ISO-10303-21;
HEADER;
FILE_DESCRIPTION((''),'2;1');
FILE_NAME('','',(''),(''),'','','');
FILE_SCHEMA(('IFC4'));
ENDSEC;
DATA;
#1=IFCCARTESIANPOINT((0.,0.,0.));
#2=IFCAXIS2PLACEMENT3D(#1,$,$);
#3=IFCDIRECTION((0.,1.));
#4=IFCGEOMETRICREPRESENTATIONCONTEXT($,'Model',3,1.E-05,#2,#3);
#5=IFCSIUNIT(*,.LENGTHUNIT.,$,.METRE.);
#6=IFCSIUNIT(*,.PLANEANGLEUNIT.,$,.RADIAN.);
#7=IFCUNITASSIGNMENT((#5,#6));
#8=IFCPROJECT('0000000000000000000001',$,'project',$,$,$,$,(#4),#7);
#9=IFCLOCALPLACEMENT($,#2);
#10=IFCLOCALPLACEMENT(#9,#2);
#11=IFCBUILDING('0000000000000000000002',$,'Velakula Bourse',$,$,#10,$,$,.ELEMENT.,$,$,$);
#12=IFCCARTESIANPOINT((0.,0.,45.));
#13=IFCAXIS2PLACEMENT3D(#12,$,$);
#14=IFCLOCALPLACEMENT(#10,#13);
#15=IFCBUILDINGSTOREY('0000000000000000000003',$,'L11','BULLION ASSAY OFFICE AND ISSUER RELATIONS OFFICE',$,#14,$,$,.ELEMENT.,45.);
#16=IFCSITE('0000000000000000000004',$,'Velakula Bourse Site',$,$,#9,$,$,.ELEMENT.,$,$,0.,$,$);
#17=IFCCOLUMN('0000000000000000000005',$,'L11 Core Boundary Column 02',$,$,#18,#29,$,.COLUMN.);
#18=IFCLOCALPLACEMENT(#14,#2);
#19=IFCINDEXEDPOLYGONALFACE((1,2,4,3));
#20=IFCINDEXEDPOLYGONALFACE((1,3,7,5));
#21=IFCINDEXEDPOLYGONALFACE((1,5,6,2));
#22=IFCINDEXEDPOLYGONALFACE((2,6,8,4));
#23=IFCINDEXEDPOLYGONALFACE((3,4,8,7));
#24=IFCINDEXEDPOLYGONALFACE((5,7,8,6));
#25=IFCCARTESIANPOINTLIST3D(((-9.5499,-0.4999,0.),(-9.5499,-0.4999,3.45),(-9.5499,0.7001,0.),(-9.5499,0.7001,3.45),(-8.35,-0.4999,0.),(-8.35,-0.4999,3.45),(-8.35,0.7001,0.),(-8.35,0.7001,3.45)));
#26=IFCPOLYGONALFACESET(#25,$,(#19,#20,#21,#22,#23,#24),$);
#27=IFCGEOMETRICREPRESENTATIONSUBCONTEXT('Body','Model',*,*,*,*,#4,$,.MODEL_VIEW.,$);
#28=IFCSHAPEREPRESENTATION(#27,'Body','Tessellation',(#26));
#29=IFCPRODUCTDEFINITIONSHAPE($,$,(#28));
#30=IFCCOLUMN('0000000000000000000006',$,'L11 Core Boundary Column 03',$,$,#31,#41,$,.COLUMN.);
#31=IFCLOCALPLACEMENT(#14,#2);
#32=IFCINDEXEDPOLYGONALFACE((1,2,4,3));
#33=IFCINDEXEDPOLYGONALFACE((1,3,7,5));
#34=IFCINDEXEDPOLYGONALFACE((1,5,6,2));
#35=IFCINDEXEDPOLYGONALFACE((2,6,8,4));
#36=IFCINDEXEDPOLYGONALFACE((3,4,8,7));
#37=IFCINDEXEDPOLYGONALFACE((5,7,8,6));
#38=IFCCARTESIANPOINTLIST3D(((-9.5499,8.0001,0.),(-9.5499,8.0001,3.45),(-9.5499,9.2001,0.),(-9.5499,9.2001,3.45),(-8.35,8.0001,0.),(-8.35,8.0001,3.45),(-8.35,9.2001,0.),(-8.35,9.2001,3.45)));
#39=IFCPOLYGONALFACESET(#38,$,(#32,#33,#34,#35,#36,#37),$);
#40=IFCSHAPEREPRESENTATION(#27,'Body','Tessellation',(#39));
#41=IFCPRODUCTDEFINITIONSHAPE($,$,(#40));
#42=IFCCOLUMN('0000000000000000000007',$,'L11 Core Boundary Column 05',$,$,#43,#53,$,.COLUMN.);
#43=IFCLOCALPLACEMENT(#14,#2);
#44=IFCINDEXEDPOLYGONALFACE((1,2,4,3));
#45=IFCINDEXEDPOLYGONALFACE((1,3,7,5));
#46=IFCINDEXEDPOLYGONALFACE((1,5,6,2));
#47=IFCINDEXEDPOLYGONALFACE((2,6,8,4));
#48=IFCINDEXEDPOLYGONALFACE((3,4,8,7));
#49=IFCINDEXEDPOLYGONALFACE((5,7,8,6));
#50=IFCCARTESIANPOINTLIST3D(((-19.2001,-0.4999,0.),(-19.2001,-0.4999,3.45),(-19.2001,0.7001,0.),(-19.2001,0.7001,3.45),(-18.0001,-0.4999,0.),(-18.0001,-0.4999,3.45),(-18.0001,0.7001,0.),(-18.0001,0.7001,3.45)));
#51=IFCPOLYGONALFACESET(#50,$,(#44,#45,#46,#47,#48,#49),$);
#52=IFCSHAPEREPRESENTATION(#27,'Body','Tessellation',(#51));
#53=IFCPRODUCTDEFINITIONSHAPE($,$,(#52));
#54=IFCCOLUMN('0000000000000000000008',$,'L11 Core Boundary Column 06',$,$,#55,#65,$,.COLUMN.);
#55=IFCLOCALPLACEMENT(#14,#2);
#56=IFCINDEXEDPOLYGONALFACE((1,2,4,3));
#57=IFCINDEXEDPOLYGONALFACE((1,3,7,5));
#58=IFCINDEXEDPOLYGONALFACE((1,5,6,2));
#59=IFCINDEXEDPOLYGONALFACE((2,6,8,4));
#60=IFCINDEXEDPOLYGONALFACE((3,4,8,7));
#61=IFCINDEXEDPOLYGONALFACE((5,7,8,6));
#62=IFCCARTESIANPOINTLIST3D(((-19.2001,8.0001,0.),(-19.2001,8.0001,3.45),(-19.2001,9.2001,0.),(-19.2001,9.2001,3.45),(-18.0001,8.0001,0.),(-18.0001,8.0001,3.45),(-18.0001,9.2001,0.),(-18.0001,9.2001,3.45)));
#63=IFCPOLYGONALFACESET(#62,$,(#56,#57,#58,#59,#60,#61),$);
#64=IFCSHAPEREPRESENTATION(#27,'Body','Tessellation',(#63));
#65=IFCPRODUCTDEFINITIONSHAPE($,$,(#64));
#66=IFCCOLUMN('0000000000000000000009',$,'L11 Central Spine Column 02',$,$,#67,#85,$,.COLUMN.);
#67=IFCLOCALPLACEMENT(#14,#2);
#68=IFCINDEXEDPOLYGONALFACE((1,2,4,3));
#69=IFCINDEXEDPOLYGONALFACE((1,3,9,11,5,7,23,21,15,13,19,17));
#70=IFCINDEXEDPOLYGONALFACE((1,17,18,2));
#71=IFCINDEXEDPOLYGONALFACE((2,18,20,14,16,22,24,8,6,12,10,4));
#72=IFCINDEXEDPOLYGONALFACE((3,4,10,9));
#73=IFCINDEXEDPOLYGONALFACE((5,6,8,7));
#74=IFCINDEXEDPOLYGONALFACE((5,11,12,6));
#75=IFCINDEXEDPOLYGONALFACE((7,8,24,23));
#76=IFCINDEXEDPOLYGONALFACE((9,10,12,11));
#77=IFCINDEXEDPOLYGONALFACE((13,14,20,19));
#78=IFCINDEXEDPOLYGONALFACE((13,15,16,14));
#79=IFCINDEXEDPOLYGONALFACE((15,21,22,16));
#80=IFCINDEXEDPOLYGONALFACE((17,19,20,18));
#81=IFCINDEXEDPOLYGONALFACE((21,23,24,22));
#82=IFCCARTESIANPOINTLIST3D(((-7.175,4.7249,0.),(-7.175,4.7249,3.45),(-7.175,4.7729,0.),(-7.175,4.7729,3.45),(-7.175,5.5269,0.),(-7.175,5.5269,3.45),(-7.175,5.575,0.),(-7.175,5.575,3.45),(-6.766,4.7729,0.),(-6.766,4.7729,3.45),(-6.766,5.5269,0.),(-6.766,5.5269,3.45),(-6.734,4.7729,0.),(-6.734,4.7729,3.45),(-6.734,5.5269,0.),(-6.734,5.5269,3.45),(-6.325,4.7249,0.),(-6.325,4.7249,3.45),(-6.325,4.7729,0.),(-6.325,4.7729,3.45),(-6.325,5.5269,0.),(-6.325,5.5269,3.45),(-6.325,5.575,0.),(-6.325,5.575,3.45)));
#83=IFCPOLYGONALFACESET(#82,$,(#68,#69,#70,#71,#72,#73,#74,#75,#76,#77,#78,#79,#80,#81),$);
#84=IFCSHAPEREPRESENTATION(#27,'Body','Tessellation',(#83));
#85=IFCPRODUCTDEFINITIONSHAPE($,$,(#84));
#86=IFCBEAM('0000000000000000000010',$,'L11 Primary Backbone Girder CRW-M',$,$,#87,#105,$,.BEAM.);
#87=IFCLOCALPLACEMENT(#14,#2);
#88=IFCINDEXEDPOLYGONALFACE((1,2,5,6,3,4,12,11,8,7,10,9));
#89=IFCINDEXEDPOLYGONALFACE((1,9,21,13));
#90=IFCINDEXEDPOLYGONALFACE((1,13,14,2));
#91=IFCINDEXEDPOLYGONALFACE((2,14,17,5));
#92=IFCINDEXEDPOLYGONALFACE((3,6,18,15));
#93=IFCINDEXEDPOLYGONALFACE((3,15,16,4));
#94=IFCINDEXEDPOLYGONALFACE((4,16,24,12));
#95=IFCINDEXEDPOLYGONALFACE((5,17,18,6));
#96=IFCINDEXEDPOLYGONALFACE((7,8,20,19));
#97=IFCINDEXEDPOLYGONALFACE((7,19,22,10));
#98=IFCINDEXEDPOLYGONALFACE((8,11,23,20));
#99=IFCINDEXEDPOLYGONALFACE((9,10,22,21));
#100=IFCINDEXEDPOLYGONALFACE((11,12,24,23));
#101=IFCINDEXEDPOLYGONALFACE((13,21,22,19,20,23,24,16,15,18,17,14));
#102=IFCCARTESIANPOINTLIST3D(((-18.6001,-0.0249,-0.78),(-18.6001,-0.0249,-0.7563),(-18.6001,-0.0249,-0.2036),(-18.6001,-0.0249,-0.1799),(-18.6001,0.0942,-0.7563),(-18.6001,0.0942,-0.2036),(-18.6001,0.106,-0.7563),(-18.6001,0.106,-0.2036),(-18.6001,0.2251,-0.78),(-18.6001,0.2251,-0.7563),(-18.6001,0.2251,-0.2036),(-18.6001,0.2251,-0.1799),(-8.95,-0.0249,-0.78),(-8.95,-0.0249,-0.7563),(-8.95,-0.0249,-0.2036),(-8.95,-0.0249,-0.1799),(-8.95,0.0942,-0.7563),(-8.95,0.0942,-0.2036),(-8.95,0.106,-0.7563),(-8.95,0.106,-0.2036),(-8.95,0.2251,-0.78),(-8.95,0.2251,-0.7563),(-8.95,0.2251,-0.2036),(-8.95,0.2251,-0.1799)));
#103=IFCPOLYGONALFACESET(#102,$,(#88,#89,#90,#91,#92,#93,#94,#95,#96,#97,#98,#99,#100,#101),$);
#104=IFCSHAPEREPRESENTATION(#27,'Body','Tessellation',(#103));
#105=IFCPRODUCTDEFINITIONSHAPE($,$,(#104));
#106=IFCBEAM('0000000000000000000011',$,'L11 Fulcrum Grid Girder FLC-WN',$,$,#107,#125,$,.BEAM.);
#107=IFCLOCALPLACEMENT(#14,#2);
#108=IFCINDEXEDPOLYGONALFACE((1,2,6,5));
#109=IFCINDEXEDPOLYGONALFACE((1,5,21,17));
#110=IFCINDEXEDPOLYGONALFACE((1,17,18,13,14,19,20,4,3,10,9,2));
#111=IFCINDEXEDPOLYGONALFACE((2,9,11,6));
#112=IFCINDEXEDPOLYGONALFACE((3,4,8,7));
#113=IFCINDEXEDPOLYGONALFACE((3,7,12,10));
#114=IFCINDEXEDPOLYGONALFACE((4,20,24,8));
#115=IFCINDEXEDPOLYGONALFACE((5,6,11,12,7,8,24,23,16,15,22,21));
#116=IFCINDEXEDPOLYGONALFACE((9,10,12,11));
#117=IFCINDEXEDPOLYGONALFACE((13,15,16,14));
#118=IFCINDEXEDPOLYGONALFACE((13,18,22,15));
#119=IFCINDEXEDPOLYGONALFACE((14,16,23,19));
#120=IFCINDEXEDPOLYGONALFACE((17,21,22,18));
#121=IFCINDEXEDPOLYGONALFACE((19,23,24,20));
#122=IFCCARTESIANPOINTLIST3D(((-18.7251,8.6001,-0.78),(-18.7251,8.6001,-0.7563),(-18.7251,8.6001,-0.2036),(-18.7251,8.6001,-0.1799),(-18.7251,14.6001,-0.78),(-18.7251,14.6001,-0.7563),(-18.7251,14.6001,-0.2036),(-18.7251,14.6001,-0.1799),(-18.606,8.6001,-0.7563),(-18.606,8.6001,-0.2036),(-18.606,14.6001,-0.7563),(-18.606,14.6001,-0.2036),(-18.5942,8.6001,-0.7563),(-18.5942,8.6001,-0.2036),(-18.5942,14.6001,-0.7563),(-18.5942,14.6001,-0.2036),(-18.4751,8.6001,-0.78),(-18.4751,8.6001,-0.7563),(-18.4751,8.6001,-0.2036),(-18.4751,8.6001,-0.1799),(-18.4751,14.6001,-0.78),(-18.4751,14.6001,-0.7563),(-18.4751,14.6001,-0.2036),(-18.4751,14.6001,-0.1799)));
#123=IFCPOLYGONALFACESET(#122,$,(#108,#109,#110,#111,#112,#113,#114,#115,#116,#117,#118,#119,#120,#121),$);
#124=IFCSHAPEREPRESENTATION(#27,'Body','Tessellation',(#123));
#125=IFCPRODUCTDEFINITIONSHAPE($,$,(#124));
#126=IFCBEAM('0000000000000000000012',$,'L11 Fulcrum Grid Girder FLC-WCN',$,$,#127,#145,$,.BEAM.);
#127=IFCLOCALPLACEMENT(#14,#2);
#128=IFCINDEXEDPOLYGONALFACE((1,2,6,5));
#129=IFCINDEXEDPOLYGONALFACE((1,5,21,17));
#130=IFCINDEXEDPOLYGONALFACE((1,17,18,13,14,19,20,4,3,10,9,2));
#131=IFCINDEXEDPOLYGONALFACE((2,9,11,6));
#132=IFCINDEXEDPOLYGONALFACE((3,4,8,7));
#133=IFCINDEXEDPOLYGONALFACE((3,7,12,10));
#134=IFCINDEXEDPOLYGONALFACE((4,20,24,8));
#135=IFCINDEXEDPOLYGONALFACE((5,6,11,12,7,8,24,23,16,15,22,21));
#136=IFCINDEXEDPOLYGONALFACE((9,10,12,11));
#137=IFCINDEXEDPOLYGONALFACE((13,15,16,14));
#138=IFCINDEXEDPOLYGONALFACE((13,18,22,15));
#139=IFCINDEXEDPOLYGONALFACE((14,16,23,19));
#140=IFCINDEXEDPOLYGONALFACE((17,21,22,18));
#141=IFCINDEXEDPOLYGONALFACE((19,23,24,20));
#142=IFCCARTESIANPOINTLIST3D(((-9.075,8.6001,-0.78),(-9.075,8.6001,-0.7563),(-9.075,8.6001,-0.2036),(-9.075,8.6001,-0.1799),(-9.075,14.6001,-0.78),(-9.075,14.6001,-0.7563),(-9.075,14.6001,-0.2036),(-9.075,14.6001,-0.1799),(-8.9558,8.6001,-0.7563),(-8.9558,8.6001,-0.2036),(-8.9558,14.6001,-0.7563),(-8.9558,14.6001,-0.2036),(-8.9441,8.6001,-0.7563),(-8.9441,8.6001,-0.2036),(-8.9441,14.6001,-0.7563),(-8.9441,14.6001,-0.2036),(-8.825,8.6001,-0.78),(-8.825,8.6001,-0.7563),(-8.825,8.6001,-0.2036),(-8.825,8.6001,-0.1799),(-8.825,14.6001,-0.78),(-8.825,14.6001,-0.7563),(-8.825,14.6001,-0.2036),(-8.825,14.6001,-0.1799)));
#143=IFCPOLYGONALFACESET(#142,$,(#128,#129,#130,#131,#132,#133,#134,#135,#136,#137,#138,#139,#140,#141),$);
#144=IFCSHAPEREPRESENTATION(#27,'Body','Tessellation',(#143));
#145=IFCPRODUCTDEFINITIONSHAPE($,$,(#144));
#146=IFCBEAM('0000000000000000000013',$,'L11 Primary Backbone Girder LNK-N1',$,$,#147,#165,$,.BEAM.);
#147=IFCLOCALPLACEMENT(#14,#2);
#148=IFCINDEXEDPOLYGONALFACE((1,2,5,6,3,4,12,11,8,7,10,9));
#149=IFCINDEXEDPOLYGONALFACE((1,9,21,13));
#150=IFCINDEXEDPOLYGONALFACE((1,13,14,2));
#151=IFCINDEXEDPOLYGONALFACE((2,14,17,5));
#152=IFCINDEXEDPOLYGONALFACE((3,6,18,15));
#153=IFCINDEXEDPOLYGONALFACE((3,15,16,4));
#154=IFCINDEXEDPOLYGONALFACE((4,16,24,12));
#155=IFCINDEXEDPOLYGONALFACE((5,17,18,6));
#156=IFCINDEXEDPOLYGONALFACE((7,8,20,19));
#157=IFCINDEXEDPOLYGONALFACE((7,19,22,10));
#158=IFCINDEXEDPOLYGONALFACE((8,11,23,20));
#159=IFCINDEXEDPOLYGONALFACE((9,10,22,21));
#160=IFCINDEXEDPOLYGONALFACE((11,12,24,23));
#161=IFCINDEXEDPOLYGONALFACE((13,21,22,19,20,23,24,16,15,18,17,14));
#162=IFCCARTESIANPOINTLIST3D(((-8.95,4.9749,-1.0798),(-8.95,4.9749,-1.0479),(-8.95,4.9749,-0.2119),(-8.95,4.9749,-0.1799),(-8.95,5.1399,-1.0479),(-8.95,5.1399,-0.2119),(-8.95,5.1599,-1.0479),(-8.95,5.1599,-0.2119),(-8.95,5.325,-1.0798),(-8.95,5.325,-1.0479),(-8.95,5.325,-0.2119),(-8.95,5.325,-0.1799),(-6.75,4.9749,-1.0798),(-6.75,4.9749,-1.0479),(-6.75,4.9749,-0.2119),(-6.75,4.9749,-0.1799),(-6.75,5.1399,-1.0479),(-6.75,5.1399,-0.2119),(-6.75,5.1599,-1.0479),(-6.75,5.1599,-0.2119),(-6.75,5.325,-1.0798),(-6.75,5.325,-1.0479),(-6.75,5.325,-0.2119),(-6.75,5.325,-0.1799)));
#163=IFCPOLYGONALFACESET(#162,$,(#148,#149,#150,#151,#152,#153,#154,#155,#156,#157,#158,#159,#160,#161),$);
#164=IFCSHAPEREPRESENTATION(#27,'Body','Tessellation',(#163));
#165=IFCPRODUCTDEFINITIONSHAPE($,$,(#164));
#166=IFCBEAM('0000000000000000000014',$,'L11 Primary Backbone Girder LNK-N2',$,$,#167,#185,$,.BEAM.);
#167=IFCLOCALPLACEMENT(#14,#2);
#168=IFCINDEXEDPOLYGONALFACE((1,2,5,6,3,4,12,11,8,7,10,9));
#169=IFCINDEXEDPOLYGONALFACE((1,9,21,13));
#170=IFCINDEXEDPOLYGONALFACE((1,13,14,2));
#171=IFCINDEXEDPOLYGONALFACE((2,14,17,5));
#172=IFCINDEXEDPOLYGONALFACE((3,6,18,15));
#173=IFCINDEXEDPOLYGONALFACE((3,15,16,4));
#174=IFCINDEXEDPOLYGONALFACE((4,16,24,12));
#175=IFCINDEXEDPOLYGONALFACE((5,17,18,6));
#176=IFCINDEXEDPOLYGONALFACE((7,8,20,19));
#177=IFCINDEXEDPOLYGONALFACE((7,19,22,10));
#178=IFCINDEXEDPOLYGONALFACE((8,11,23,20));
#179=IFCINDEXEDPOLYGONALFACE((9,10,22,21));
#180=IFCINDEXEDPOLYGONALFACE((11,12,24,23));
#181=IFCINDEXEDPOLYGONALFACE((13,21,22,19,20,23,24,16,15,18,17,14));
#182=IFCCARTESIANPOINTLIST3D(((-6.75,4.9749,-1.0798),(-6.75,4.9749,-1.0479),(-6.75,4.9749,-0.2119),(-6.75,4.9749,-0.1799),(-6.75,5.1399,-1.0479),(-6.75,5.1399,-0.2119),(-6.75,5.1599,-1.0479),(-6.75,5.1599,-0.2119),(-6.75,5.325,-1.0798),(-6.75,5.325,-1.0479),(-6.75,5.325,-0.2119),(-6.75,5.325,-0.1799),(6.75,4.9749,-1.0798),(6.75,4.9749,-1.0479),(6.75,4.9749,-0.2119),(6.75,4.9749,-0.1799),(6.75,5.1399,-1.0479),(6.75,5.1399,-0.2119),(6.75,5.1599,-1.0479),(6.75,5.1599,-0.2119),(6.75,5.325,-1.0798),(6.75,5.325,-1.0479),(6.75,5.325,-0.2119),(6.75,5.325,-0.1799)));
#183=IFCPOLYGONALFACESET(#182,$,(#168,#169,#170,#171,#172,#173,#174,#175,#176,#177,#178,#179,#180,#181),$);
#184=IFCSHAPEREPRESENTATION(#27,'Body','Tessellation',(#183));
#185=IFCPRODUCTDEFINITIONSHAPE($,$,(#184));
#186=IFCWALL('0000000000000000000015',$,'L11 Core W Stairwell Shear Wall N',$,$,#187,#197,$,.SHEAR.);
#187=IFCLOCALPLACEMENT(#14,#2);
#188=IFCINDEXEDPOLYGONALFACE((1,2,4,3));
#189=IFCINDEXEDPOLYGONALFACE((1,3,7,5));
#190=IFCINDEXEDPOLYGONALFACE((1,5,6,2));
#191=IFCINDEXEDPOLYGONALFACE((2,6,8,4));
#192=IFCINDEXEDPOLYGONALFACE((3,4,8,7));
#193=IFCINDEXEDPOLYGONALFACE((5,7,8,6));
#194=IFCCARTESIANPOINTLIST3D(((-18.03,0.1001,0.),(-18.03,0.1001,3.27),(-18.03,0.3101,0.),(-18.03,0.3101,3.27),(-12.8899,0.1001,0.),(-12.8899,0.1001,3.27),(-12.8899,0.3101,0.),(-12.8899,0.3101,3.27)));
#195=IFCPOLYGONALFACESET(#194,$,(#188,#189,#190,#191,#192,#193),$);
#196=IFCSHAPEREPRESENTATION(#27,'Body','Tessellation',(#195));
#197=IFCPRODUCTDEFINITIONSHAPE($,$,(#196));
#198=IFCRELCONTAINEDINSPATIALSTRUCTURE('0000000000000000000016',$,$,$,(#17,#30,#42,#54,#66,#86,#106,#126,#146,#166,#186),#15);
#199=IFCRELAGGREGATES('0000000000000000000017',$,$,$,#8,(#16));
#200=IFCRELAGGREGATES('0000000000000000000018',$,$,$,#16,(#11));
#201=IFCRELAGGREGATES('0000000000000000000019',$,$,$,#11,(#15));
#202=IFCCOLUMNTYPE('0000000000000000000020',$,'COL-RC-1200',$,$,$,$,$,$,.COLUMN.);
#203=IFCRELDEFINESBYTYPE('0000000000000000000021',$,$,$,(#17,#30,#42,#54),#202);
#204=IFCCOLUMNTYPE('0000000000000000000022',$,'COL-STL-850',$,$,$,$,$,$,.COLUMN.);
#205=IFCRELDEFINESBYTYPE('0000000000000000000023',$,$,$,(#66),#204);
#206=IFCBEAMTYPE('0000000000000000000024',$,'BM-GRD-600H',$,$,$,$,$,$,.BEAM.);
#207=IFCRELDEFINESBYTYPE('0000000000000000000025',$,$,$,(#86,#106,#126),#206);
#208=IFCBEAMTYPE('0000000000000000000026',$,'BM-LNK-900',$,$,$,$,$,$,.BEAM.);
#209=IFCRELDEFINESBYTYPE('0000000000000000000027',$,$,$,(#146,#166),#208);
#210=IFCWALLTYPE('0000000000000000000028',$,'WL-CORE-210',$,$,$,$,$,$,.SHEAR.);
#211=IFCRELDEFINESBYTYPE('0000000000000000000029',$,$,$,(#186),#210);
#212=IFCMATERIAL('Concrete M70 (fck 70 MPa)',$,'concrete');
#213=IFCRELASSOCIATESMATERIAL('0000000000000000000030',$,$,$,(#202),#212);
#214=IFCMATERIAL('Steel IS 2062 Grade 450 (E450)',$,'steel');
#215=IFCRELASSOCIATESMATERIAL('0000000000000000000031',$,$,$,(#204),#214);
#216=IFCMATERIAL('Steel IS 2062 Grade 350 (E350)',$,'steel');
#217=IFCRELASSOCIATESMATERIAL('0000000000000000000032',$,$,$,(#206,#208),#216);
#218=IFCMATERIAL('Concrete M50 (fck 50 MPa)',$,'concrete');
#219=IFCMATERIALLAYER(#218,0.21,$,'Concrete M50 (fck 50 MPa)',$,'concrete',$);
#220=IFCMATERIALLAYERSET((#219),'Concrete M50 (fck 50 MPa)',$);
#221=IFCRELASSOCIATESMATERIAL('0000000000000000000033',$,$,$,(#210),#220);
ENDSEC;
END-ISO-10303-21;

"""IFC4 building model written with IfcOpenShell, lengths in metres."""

from ifc_helpers import new_model, si_unit, direction, frame, frame_2d, origin, origin_2d, place, context, subcontext, project, spatial, rectangle, i_section, extrude, material, layer, layer_set, material_profile, profile_set, type_object, element, save


model = new_model("IFC4")

# Units and contexts
model_context = context("Model", 3, precision=1e-05, world=origin(), true_north=direction((0.0, 1.0)))
body_context = subcontext(model_context, "Body", "Model", "MODEL_VIEW")
ifc_project = project(units=[si_unit("LENGTHUNIT", "METRE"), si_unit("PLANEANGLEUNIT", "RADIAN")], contexts=[model_context])

# Site, building, storey
site_placement = place(None, origin())
site = spatial("IfcSite", under=ifc_project, at=site_placement, Name="Velakula Bourse Site", CompositionType="ELEMENT", RefElevation=0.0)
building_placement = place(site_placement, origin())
building = spatial("IfcBuilding", under=site, at=building_placement, Name="Velakula Bourse", CompositionType="ELEMENT")
storey_placement = place(building_placement, frame((0.0, 0.0, 45.0)))
storey = spatial("IfcBuildingStorey", under=building, at=storey_placement, Name="L11", Description="BULLION ASSAY OFFICE AND ISSUER RELATIONS OFFICE", CompositionType="ELEMENT", Elevation=45.0)

# Columns
ifc_material_1 = material(Name="Concrete M70 (fck 70 MPa)", Category="concrete")
ifc_material_profile_1 = material_profile(ifc_material_1, rectangle(XDim=1.2, YDim=1.2, at=origin_2d()), Name="Concrete M70 (fck 70 MPa)")
ifc_profile_set_1 = profile_set([ifc_material_profile_1], Name="Concrete M70 (fck 70 MPa)")
column_type_1 = type_object("IfcColumnType", Name="COL-RC-1200", PredefinedType="COLUMN", material=ifc_profile_set_1)
for number, where, z_axis, x_axis, name in (
    (1, (-8.95, 0.1001, 0.0), (0.0, 0.0, 1.0), (1.0, 0.0, 0.0), "L11 Core Boundary Column 02"),
    (2, (-8.95, 8.6001, 0.0), (0.0, 0.0, 1.0), (1.0, 0.0, 0.0), "L11 Core Boundary Column 03"),
    (3, (-18.6001, 0.1001, 0.0), (0.0, 0.0, 1.0), (1.0, 0.0, 0.0), "L11 Core Boundary Column 05"),
    (4, (-18.6001, 8.6001, 0.0), (0.0, 0.0, 1.0), (1.0, 0.0, 0.0), "L11 Core Boundary Column 06"),
):
    element("IfcColumn", number, at=place(storey_placement, frame(where, z_axis=z_axis, x_axis=x_axis)), inside=storey, type_object=column_type_1, Name=name, PredefinedType="COLUMN", context=body_context, shape_type="SweptSolid", body=[
        extrude(rectangle(XDim=1.2, YDim=1.2, at=origin_2d()), origin(), (0.0, 0.0, 1.0), 3.45),
    ])
ifc_material_2 = material(Name="Steel IS 2062 Grade 450 (E450)", Category="steel")
ifc_material_profile_2 = material_profile(ifc_material_2, i_section(OverallWidth=0.8501, OverallDepth=0.8501, WebThickness=0.032, FlangeThickness=0.0481, at=origin_2d()), Name="Steel IS 2062 Grade 450 (E450)")
ifc_profile_set_2 = profile_set([ifc_material_profile_2], Name="Steel IS 2062 Grade 450 (E450)")
column_type_2 = type_object("IfcColumnType", Name="COL-STL-850", PredefinedType="COLUMN", material=ifc_profile_set_2)
column_placement = place(storey_placement, frame((-6.75, 5.1499, 0.0), z_axis=(0.0, 0.0, 1.0), x_axis=(1.0, 0.0, 0.0)))
element("IfcColumn", 5, at=column_placement, inside=storey, type_object=column_type_2, Name="L11 Central Spine Column 02", PredefinedType="COLUMN", context=body_context, shape_type="SweptSolid", body=[
    extrude(i_section(OverallWidth=0.8501, OverallDepth=0.8501, WebThickness=0.032, FlangeThickness=0.0481, at=origin_2d()), origin(), (0.0, 0.0, 1.0), 3.45),
])

# Beams
ifc_material_3 = material(Name="Steel IS 2062 Grade 350 (E350)", Category="steel")
ifc_material_profile_3 = material_profile(ifc_material_3, i_section(OverallWidth=0.25, OverallDepth=0.6001, WebThickness=0.0117, FlangeThickness=0.0237, at=origin_2d()), Name="Steel IS 2062 Grade 350 (E350)")
ifc_profile_set_3 = profile_set([ifc_material_profile_3], Name="Steel IS 2062 Grade 350 (E350)")
beam_type_1 = type_object("IfcBeamType", Name="BM-GRD-600H", PredefinedType="BEAM", material=ifc_profile_set_3)
beam_1_placement = place(storey_placement, frame((-18.6001, 0.1001, -0.48), z_axis=(1.0, 0.0, 0.0), x_axis=(0.0, 1.0, 0.0)))
element("IfcBeam", 6, at=beam_1_placement, inside=storey, type_object=beam_type_1, Name="L11 Primary Backbone Girder CRW-M", PredefinedType="BEAM", context=body_context, shape_type="SweptSolid", body=[
    extrude(i_section(OverallWidth=0.25, OverallDepth=0.6001, WebThickness=0.0117, FlangeThickness=0.0237, at=origin_2d()), origin(), (0.0, 0.0, 1.0), 9.6501),
])
for number, where, z_axis, x_axis, name in (
    (7, (-18.6001, 8.6001, -0.48), (0.0, 1.0, 0.0), (-1.0, 0.0, 0.0), "L11 Fulcrum Grid Girder FLC-WN"),
    (8, (-8.95, 8.6001, -0.48), (0.0, 1.0, 0.0), (-1.0, 0.0, 0.0), "L11 Fulcrum Grid Girder FLC-WCN"),
):
    element("IfcBeam", number, at=place(storey_placement, frame(where, z_axis=z_axis, x_axis=x_axis)), inside=storey, type_object=beam_type_1, Name=name, PredefinedType="BEAM", context=body_context, shape_type="SweptSolid", body=[
        extrude(i_section(OverallWidth=0.25, OverallDepth=0.6001, WebThickness=0.0117, FlangeThickness=0.0237, at=origin_2d()), origin(), (0.0, 0.0, 1.0), 6.0),
    ])
ifc_material_profile_4 = material_profile(ifc_material_3, i_section(OverallWidth=0.3501, OverallDepth=0.8999, WebThickness=0.02, FlangeThickness=0.032, at=origin_2d()), Name="Steel IS 2062 Grade 350 (E350)")
ifc_profile_set_4 = profile_set([ifc_material_profile_4], Name="Steel IS 2062 Grade 350 (E350)")
beam_type_2 = type_object("IfcBeamType", Name="BM-LNK-900", PredefinedType="BEAM", material=ifc_profile_set_4)
beam_2_placement = place(storey_placement, frame((-8.95, 5.1499, -0.6299), z_axis=(1.0, 0.0, 0.0), x_axis=(0.0, 1.0, 0.0)))
element("IfcBeam", 9, at=beam_2_placement, inside=storey, type_object=beam_type_2, Name="L11 Primary Backbone Girder LNK-N1", PredefinedType="BEAM", context=body_context, shape_type="SweptSolid", body=[
    extrude(i_section(OverallWidth=0.3501, OverallDepth=0.8999, WebThickness=0.02, FlangeThickness=0.032, at=origin_2d()), origin(), (0.0, 0.0, 1.0), 2.2),
])
beam_3_placement = place(storey_placement, frame((-6.75, 5.1499, -0.6299), z_axis=(1.0, 0.0, 0.0), x_axis=(0.0, 1.0, 0.0)))
element("IfcBeam", 10, at=beam_3_placement, inside=storey, type_object=beam_type_2, Name="L11 Primary Backbone Girder LNK-N2", PredefinedType="BEAM", context=body_context, shape_type="SweptSolid", body=[
    extrude(i_section(OverallWidth=0.3501, OverallDepth=0.8999, WebThickness=0.02, FlangeThickness=0.032, at=origin_2d()), origin(), (0.0, 0.0, 1.0), 13.5),
])

# Wall
ifc_material_4 = material(Name="Concrete M50 (fck 50 MPa)", Category="concrete")
ifc_layer_1 = layer(ifc_material_4, 0.21, Name="Concrete M50 (fck 50 MPa)", Category="concrete")
ifc_layer_set_1 = layer_set([ifc_layer_1], Name="Concrete M50 (fck 50 MPa)")
wall_type_1 = type_object("IfcWallType", Name="WL-CORE-210", PredefinedType="SHEAR", material=ifc_layer_set_1)
wall_1_placement = place(storey_placement, frame((-12.8899, 0.2051, 0.0), z_axis=(0.0, 0.0, 1.0), x_axis=(-1.0, 0.0, 0.0)))
element("IfcWall", 11, at=wall_1_placement, inside=storey, type_object=wall_type_1, Name="L11 Core W Stairwell Shear Wall N", PredefinedType="SHEAR", context=body_context, shape_type="SweptSolid", body=[
    extrude(rectangle(XDim=5.1401, YDim=0.21, at=frame_2d((2.5701, 0.0))), origin(), (0.0, 0.0, 1.0), 3.27),
])

save(model, "model.ifc")
